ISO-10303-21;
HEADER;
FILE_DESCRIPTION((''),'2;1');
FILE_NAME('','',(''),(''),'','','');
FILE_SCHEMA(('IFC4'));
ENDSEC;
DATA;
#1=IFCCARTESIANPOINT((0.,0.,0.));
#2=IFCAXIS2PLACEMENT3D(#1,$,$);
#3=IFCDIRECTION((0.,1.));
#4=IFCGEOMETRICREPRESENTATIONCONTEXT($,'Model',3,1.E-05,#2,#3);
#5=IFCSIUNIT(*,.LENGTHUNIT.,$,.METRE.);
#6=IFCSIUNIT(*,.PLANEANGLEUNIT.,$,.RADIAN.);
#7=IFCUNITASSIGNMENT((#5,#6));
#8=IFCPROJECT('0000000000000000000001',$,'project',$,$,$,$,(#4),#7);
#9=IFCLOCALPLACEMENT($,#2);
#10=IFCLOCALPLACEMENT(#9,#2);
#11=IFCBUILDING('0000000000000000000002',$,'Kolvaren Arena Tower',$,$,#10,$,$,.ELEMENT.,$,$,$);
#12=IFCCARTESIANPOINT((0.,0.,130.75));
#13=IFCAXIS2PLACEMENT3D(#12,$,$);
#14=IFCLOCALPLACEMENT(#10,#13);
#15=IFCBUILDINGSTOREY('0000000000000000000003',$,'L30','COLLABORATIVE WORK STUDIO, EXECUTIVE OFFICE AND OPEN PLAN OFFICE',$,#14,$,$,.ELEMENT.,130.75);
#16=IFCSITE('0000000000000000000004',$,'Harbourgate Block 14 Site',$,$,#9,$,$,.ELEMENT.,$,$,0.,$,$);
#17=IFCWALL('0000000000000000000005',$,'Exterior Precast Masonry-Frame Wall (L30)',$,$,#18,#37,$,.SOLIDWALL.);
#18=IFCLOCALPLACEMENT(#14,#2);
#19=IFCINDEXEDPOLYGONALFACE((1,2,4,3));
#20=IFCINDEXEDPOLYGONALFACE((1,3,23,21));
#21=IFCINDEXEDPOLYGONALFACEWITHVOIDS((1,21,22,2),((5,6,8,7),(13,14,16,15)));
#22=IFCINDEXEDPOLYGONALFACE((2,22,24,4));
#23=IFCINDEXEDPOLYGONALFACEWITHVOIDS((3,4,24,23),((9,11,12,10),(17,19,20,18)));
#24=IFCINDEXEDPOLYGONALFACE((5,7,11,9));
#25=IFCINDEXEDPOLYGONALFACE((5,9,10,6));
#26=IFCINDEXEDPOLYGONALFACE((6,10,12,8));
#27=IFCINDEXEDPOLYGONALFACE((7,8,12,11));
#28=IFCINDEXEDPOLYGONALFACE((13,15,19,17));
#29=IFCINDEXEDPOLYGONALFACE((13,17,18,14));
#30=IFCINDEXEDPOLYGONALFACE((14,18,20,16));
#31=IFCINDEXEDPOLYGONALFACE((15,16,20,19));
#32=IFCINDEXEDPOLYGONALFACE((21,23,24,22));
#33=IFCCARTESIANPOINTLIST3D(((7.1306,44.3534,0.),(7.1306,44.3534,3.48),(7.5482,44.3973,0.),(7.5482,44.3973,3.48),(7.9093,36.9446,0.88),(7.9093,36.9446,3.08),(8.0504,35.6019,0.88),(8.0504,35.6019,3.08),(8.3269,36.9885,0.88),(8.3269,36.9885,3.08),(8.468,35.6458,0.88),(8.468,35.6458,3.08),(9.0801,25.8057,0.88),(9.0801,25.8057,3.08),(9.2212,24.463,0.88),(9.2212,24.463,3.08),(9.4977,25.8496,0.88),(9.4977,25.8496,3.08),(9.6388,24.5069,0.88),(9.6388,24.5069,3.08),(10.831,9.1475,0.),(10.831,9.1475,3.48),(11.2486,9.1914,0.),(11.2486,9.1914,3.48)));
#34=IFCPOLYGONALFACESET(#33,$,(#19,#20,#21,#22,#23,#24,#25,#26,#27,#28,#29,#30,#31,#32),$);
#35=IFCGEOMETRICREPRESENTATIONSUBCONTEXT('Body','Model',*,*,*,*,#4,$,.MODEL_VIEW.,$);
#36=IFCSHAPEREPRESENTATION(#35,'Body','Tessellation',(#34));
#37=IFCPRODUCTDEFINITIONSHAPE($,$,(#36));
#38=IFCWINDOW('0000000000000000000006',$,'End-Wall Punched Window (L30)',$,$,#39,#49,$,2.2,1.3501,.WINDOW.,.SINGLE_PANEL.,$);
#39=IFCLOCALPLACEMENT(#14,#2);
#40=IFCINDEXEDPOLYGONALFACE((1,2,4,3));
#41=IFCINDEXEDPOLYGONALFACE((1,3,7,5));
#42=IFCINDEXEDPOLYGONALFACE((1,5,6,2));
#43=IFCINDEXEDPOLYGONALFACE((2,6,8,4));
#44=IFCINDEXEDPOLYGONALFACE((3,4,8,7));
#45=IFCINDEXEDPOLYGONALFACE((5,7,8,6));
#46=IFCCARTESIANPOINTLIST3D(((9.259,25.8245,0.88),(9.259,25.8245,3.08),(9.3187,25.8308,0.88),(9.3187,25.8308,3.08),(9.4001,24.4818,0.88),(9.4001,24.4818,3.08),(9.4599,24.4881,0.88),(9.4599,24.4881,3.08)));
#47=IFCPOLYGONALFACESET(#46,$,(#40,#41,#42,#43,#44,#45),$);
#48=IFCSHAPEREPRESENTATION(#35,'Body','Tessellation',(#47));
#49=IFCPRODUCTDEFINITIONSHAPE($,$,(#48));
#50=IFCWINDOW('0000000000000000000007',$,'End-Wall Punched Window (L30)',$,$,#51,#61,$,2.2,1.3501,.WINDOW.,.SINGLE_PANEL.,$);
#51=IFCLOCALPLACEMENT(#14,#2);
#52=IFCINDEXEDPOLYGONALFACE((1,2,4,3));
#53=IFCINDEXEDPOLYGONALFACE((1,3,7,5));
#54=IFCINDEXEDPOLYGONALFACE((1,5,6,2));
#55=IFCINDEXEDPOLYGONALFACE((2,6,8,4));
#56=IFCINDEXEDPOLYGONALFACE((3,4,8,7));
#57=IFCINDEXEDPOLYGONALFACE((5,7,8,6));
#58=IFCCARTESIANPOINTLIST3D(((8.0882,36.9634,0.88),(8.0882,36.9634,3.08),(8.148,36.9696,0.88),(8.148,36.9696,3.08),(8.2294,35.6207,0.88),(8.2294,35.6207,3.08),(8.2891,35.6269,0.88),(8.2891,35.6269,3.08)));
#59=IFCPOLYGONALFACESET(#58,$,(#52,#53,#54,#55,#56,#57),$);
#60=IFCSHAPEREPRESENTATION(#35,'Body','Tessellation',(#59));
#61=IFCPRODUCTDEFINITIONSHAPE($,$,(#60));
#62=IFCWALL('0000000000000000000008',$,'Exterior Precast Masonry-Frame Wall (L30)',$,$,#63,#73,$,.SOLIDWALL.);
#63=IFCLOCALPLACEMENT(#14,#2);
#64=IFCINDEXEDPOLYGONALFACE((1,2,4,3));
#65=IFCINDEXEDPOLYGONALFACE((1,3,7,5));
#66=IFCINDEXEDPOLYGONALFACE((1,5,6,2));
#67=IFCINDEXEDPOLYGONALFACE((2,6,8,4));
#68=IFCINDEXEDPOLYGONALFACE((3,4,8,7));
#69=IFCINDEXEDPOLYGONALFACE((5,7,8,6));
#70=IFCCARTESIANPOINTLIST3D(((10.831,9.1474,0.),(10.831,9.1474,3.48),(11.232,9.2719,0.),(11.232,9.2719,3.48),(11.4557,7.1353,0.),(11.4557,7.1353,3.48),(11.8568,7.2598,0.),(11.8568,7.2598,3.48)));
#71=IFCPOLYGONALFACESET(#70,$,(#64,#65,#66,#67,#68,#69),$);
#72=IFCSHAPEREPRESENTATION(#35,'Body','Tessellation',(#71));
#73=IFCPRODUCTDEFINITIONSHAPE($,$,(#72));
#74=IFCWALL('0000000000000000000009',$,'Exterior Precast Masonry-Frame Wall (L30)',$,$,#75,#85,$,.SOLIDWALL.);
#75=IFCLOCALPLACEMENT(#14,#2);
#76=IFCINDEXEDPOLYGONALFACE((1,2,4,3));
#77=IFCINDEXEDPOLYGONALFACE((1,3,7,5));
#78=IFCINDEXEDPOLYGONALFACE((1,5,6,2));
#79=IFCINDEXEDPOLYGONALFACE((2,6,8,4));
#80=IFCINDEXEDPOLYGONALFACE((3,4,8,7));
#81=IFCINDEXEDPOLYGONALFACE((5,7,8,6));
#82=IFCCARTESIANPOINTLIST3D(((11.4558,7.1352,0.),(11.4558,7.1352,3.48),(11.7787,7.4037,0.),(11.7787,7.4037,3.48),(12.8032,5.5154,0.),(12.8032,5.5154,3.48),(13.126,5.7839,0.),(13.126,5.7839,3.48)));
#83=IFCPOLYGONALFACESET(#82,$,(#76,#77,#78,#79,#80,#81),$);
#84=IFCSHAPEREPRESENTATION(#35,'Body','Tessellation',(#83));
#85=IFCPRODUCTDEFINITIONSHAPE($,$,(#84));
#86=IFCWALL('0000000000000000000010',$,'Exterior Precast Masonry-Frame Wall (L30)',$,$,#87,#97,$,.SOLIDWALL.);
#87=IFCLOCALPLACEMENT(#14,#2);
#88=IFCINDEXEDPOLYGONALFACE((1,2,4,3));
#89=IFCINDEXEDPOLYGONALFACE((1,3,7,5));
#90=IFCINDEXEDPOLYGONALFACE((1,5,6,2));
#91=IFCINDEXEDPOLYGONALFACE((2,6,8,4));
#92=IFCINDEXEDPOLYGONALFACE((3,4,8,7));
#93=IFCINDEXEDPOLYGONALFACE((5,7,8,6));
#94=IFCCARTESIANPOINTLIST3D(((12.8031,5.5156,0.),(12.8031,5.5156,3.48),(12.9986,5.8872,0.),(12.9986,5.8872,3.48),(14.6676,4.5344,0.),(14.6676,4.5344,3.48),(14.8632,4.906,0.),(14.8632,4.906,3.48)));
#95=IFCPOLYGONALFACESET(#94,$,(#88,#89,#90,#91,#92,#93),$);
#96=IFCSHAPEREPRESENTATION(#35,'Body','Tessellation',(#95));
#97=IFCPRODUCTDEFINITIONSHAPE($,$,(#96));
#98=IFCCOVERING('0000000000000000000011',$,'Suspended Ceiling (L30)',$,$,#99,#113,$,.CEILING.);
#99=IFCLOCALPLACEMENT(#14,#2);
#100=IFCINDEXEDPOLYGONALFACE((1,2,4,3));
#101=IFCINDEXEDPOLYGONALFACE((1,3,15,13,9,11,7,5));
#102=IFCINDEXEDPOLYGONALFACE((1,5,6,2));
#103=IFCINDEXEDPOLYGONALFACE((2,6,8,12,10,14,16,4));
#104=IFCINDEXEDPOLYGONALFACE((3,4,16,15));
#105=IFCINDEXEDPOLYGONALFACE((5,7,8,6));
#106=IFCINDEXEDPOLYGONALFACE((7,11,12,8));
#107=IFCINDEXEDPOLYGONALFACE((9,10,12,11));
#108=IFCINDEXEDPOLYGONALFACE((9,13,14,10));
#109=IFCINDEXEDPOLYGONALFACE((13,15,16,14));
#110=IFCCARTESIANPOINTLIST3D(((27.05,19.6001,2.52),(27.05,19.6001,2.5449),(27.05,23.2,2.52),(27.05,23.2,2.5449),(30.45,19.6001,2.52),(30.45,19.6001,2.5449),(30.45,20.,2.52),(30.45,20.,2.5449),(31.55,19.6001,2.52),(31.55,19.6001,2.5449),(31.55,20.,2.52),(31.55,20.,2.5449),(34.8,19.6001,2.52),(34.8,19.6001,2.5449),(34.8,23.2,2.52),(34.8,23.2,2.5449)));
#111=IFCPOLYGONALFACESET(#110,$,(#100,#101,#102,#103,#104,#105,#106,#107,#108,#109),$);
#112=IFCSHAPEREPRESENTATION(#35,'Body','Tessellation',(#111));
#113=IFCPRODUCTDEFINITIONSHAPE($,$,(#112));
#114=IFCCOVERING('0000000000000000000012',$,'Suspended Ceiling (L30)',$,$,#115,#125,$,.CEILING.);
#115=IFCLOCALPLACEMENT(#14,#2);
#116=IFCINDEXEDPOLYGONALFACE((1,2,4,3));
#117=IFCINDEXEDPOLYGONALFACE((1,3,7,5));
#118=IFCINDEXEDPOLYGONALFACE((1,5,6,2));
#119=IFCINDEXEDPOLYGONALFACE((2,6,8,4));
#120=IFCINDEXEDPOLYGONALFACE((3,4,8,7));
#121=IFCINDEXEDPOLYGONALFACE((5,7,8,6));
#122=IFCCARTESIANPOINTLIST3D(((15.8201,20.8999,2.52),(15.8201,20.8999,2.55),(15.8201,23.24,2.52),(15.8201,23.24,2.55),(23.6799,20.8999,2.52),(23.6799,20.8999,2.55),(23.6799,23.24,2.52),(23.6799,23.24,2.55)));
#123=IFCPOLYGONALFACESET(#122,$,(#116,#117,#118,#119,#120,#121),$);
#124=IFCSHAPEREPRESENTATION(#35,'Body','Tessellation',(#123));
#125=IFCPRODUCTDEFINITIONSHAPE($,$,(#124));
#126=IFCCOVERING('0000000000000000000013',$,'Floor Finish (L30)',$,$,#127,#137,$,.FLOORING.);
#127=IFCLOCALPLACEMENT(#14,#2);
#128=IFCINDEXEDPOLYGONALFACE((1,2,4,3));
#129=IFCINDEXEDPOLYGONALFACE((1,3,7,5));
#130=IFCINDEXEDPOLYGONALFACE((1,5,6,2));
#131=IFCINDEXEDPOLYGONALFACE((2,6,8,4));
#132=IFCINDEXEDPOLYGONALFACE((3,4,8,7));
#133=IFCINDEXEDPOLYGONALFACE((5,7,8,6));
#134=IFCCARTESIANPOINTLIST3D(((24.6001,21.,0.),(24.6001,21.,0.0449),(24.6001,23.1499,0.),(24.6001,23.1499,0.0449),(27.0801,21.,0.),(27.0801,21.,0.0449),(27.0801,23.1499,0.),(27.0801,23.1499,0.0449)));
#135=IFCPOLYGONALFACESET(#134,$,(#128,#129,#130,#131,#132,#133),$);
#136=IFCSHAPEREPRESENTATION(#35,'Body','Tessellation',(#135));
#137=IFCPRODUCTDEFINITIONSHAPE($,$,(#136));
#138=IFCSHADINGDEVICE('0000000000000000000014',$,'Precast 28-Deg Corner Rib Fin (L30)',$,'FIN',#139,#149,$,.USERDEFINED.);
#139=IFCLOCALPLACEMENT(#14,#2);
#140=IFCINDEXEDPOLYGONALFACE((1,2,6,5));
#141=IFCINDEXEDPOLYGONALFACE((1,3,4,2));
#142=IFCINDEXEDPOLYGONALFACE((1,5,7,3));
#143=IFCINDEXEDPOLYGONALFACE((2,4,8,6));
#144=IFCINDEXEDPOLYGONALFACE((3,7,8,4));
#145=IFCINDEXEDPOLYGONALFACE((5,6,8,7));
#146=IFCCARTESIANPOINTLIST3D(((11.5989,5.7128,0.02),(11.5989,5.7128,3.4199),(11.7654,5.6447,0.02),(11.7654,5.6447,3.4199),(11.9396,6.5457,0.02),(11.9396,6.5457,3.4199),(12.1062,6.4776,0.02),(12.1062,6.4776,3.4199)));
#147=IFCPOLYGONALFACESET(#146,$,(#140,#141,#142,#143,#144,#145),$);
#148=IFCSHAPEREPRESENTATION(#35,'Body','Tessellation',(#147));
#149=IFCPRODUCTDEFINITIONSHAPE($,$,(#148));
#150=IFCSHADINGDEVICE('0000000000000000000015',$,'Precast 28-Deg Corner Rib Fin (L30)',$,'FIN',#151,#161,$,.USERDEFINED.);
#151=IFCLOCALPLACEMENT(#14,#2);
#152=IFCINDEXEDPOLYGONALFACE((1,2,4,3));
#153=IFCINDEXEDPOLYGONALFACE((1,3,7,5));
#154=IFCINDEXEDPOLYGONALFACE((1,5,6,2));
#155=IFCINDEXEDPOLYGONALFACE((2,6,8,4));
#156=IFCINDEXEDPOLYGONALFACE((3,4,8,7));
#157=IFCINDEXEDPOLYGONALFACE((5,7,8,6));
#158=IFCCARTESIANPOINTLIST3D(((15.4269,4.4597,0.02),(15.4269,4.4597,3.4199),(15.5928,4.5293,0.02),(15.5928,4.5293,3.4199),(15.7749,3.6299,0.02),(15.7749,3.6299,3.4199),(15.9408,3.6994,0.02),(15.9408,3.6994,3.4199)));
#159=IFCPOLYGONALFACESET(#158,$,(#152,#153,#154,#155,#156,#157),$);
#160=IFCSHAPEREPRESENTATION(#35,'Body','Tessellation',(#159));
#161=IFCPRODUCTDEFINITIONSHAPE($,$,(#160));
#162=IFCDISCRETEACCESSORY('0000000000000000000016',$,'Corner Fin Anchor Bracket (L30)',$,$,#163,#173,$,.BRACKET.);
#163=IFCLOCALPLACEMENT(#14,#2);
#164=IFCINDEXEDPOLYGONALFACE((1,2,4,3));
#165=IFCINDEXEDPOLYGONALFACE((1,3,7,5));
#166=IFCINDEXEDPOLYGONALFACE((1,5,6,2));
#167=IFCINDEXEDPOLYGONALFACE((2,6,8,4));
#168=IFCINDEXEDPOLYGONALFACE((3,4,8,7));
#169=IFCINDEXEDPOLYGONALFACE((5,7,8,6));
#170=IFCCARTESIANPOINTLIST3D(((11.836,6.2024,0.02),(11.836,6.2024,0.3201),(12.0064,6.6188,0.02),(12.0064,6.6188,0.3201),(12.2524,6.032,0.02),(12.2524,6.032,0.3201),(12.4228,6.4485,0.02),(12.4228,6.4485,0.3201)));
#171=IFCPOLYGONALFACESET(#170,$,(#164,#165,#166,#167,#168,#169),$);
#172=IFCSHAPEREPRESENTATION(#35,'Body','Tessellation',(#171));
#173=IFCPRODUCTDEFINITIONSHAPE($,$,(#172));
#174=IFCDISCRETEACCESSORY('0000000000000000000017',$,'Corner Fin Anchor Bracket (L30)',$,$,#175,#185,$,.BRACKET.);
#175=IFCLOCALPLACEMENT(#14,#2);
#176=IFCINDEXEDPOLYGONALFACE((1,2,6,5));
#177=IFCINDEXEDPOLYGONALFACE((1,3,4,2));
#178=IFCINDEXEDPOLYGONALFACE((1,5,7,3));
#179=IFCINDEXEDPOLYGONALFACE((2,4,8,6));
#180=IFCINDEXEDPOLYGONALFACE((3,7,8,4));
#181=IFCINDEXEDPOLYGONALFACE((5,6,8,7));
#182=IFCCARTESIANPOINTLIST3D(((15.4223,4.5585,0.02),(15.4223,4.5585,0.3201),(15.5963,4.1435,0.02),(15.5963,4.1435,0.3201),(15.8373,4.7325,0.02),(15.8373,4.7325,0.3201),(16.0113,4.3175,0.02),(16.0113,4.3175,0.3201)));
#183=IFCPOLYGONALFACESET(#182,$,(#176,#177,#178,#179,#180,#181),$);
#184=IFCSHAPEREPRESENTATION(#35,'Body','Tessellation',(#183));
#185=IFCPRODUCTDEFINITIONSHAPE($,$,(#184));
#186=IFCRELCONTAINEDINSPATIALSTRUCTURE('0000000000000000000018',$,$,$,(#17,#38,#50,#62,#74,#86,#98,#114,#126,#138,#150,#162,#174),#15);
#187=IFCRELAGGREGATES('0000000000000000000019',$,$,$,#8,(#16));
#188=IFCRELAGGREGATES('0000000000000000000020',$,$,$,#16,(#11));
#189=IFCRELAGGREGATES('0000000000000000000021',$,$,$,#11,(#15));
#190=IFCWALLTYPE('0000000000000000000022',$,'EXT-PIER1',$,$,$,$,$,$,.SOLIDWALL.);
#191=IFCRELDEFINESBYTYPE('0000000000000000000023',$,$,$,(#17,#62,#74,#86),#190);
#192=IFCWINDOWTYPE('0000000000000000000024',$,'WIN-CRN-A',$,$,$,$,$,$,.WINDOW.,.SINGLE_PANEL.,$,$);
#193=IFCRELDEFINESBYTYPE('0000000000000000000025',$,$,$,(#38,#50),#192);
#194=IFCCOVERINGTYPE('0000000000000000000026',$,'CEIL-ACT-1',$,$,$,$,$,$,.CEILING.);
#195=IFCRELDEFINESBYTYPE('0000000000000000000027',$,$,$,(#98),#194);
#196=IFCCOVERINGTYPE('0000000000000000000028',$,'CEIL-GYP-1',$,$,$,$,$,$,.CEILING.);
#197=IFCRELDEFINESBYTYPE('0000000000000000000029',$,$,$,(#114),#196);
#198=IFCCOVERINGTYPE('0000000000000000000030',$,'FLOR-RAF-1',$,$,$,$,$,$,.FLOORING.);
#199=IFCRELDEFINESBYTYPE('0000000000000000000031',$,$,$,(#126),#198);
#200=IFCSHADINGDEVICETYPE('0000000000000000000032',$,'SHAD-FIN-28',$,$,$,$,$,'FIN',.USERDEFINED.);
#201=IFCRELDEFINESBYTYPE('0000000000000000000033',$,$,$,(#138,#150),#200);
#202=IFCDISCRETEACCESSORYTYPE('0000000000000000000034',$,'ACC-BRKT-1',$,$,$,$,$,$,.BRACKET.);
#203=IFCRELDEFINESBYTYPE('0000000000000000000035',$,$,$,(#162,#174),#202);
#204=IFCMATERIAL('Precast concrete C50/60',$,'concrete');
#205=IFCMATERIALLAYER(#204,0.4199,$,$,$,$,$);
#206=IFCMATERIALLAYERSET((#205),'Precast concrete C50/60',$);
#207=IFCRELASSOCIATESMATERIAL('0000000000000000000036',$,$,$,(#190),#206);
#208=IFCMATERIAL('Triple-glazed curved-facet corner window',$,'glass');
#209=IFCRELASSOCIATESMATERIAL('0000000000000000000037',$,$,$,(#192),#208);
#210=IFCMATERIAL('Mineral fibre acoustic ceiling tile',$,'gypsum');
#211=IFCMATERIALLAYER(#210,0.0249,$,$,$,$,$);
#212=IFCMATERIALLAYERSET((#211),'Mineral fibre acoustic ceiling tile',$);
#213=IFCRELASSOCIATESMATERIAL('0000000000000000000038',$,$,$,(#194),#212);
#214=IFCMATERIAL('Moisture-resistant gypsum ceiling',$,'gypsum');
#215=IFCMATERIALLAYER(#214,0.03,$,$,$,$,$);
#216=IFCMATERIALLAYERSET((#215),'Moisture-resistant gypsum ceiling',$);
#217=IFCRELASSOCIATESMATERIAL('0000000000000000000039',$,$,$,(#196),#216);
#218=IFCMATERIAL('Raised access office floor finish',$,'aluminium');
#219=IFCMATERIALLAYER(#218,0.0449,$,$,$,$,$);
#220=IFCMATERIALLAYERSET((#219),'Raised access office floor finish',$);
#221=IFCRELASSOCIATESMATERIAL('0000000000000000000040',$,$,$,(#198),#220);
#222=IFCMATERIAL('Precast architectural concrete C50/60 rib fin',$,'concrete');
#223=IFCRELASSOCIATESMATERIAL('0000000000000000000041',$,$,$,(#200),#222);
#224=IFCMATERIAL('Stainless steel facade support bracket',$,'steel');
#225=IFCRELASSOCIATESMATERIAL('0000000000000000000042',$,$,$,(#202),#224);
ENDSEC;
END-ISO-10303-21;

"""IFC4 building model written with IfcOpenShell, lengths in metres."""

from ifc_helpers import new_model, si_unit, direction, frame, frame_2d, origin, origin_2d, place, context, subcontext, project, spatial, polyline, rectangle, outline, extrude, material, layer, layer_set, type_object, element, fill, save


model = new_model("IFC4")

# Units and contexts
model_context = context("Model", 3, precision=1e-05, world=origin(), true_north=direction((0.0, 1.0)))
body_context = subcontext(model_context, "Body", "Model", "MODEL_VIEW")
ifc_project = project(units=[si_unit("LENGTHUNIT", "METRE"), si_unit("PLANEANGLEUNIT", "RADIAN")], contexts=[model_context])

# Site, building, storey
site_placement = place(None, origin())
site = spatial("IfcSite", under=ifc_project, at=site_placement, Name="Harbourgate Block 14 Site", CompositionType="ELEMENT", RefElevation=0.0)
building_placement = place(site_placement, origin())
building = spatial("IfcBuilding", under=site, at=building_placement, Name="Kolvaren Arena Tower", CompositionType="ELEMENT")
storey_placement = place(building_placement, frame((0.0, 0.0, 130.75)))
storey = spatial("IfcBuildingStorey", under=building, at=storey_placement, Name="L30", Description="COLLABORATIVE WORK STUDIO, EXECUTIVE OFFICE AND OPEN PLAN OFFICE", CompositionType="ELEMENT", Elevation=130.75)

# Wall, openings, windows
ifc_material_1 = material(Name="Precast concrete C50/60", Category="concrete")
ifc_layer_1 = layer(ifc_material_1, 0.4199)
ifc_layer_set_1 = layer_set([ifc_layer_1], Name="Precast concrete C50/60")
wall_type = type_object("IfcWallType", Name="EXT-PIER1", PredefinedType="SOLIDWALL", material=ifc_layer_set_1)
wall_placement = place(storey_placement, frame((11.0398, 9.1694, 0.0), z_axis=(0.0, 0.0, 1.0), x_axis=(-0.104532, 0.994522, 0.0)))
wall = element("IfcWall", 1, at=wall_placement, inside=storey, type_object=wall_type, Name="Exterior Precast Masonry-Frame Wall (L30)", PredefinedType="SOLIDWALL", context=body_context, shape_type="SweptSolid", body=[
    extrude(rectangle(XDim=35.3999, YDim=0.4199, at=frame_2d((17.7, 0.0))), origin(), (0.0, 0.0, 1.0), 3.48),
])
opening_1_placement = place(wall_placement, frame((15.3999, 0.0, 0.8799)))
opening_1 = element("IfcOpeningElement", 2, at=opening_1_placement, cuts=wall, PredefinedType="OPENING", context=body_context, shape_type="SweptSolid", body=[
    extrude(rectangle(XDim=1.3501, YDim=2.2, at=frame_2d((0.675, 1.1001))), frame((0.0, 0.22, 0.0), z_axis=(0.0, -1.0, 0.0), x_axis=(1.0, 0.0, 0.0)), (0.0, 0.0, 1.0), 0.4399),
])
opening_2_placement = place(wall_placement, frame((26.6001, 0.0, 0.8799)))
opening_2 = element("IfcOpeningElement", 3, at=opening_2_placement, cuts=wall, PredefinedType="OPENING", context=body_context, shape_type="SweptSolid", body=[
    extrude(rectangle(XDim=1.3501, YDim=2.2, at=frame_2d((0.675, 1.1001))), frame((0.0, 0.22, 0.0), z_axis=(0.0, -1.0, 0.0), x_axis=(1.0, 0.0, 0.0)), (0.0, 0.0, 1.0), 0.4399),
])
ifc_material_2 = material(Name="Triple-glazed curved-facet corner window", Category="glass")
window_type = type_object("IfcWindowType", Name="WIN-CRN-A", PartitioningType="SINGLE_PANEL", PredefinedType="WINDOW", material=ifc_material_2)
window_1_placement = place(opening_1_placement, origin())
window_1 = element("IfcWindow", 4, at=window_1_placement, inside=storey, type_object=window_type, Name="End-Wall Punched Window (L30)", OverallHeight=2.2, OverallWidth=1.3501, PartitioningType="SINGLE_PANEL", PredefinedType="WINDOW", context=body_context, shape_type="SweptSolid", body=[
    extrude(rectangle(XDim=1.3501, YDim=2.2, at=frame_2d((0.675, 1.1001))), frame((0.0, 0.03, 0.0), z_axis=(0.0, -1.0, 0.0), x_axis=(1.0, 0.0, 0.0)), (0.0, 0.0, 1.0), 0.0601),
])
fill(opening_1, window_1)
window_2_placement = place(opening_2_placement, origin())
window_2 = element("IfcWindow", 5, at=window_2_placement, inside=storey, type_object=window_type, Name="End-Wall Punched Window (L30)", OverallHeight=2.2, OverallWidth=1.3501, PartitioningType="SINGLE_PANEL", PredefinedType="WINDOW", context=body_context, shape_type="SweptSolid", body=[
    extrude(rectangle(XDim=1.3501, YDim=2.2, at=frame_2d((0.675, 1.1001))), frame((0.0, 0.03, 0.0), z_axis=(0.0, -1.0, 0.0), x_axis=(1.0, 0.0, 0.0)), (0.0, 0.0, 1.0), 0.0601),
])
fill(opening_2, window_2)

# Walls
for number, where, z_axis, x_axis, name in (
    (6, (11.6562, 7.1975, 0.0), (0.0, 0.0, 1.0), (-0.296519, 0.955027, 0.0), "Exterior Precast Masonry-Frame Wall (L30)"),
    (7, (12.9646, 5.6497, 0.0), (0.0, 0.0, 1.0), (-0.639489, 0.7688, 0.0), "Exterior Precast Masonry-Frame Wall (L30)"),
    (8, (14.7654, 4.7202, 0.0), (0.0, 0.0, 1.0), (-0.884941, 0.465703, 0.0), "Exterior Precast Masonry-Frame Wall (L30)"),
):
    element("IfcWall", number, at=place(storey_placement, frame(where, z_axis=z_axis, x_axis=x_axis)), inside=storey, type_object=wall_type, Name=name, PredefinedType="SOLIDWALL", context=body_context, shape_type="SweptSolid", body=[
        extrude(rectangle(XDim=2.1069, YDim=0.4199, at=frame_2d((1.0535, 0.0))), origin(), (0.0, 0.0, 1.0), 3.48),
    ])

# Coverings
ifc_material_3 = material(Name="Mineral fibre acoustic ceiling tile", Category="gypsum")
ifc_layer_2 = layer(ifc_material_3, 0.0249)
ifc_layer_set_2 = layer_set([ifc_layer_2], Name="Mineral fibre acoustic ceiling tile")
covering_type_1 = type_object("IfcCoveringType", Name="CEIL-ACT-1", PredefinedType="CEILING", material=ifc_layer_set_2)
covering_1_placement = place(storey_placement, frame((0.0, 0.0, 2.52)))
element("IfcCovering", 9, at=covering_1_placement, inside=storey, type_object=covering_type_1, Name="Suspended Ceiling (L30)", PredefinedType="CEILING", context=body_context, shape_type="SweptSolid", body=[
    extrude(outline(polyline([(27.05, 19.6001), (27.05, 23.2), (34.8, 23.2), (34.8, 19.6001), (31.55, 19.6001), (31.55, 20.0), (30.45, 20.0), (30.45, 19.6001), (27.05, 19.6001)])), origin(), (0.0, 0.0, 1.0), 0.0249),
])
ifc_material_4 = material(Name="Moisture-resistant gypsum ceiling", Category="gypsum")
ifc_layer_3 = layer(ifc_material_4, 0.03)
ifc_layer_set_3 = layer_set([ifc_layer_3], Name="Moisture-resistant gypsum ceiling")
covering_type_2 = type_object("IfcCoveringType", Name="CEIL-GYP-1", PredefinedType="CEILING", material=ifc_layer_set_3)
covering_2_placement = place(storey_placement, frame((0.0, 0.0, 2.52)))
element("IfcCovering", 10, at=covering_2_placement, inside=storey, type_object=covering_type_2, Name="Suspended Ceiling (L30)", PredefinedType="CEILING", context=body_context, shape_type="SweptSolid", body=[
    extrude(outline(polyline([(15.8201, 20.8999), (15.8201, 23.24), (23.6799, 23.24), (23.6799, 20.8999), (15.8201, 20.8999)])), origin(), (0.0, 0.0, 1.0), 0.03),
])
ifc_material_5 = material(Name="Raised access office floor finish", Category="aluminium")
ifc_layer_4 = layer(ifc_material_5, 0.0449)
ifc_layer_set_4 = layer_set([ifc_layer_4], Name="Raised access office floor finish")
covering_type_3 = type_object("IfcCoveringType", Name="FLOR-RAF-1", PredefinedType="FLOORING", material=ifc_layer_set_4)
covering_3_placement = place(storey_placement, origin())
element("IfcCovering", 11, at=covering_3_placement, inside=storey, type_object=covering_type_3, Name="Floor Finish (L30)", PredefinedType="FLOORING", context=body_context, shape_type="SweptSolid", body=[
    extrude(outline(polyline([(24.6001, 21.0), (24.6001, 23.1499), (27.0801, 23.1499), (27.0801, 21.0), (24.6001, 21.0)])), origin(), (0.0, 0.0, 1.0), 0.0449),
])

# Shading devices
ifc_material_6 = material(Name="Precast architectural concrete C50/60 rib fin", Category="concrete")
shading_device_type = type_object("IfcShadingDeviceType", Name="SHAD-FIN-28", ElementType="FIN", PredefinedType="USERDEFINED", material=ifc_material_6)
for number, where, z_axis, x_axis, name in (
    (12, (11.8525, 6.0952, 0.02), (0.0, 0.0, 1.0), (-0.378634, -0.925546, 0.0), "Precast 28-Deg Corner Rib Fin (L30)"),
    (13, (15.6838, 4.0796, 0.02), (0.0, 0.0, 1.0), (0.386706, -0.922203, 0.0), "Precast 28-Deg Corner Rib Fin (L30)"),
):
    element("IfcShadingDevice", number, at=place(storey_placement, frame(where, z_axis=z_axis, x_axis=x_axis)), inside=storey, type_object=shading_device_type, Name=name, ObjectType="FIN", PredefinedType="USERDEFINED", context=body_context, shape_type="SweptSolid", body=[
        extrude(rectangle(XDim=0.8999, YDim=0.1799, at=origin_2d()), origin(), (0.0, 0.0, 1.0), 3.3999),
    ])

# Discrete accessories
ifc_material_7 = material(Name="Stainless steel facade support bracket", Category="steel")
discrete_accessory_type = type_object("IfcDiscreteAccessoryType", Name="ACC-BRKT-1", PredefinedType="BRACKET", material=ifc_material_7)
for number, where, z_axis, x_axis, name in (
    (14, (12.1294, 6.3254, 0.02), (0.0, 0.0, 1.0), (-0.378634, -0.925546, 0.0), "Corner Fin Anchor Bracket (L30)"),
    (15, (15.7168, 4.438, 0.02), (0.0, 0.0, 1.0), (0.386706, -0.922203, 0.0), "Corner Fin Anchor Bracket (L30)"),
):
    element("IfcDiscreteAccessory", number, at=place(storey_placement, frame(where, z_axis=z_axis, x_axis=x_axis)), inside=storey, type_object=discrete_accessory_type, Name=name, PredefinedType="BRACKET", context=body_context, shape_type="SweptSolid", body=[
        extrude(rectangle(XDim=0.45, YDim=0.45, at=origin_2d()), origin(), (0.0, 0.0, 1.0), 0.3),
    ])

save(model, "model.ifc")
